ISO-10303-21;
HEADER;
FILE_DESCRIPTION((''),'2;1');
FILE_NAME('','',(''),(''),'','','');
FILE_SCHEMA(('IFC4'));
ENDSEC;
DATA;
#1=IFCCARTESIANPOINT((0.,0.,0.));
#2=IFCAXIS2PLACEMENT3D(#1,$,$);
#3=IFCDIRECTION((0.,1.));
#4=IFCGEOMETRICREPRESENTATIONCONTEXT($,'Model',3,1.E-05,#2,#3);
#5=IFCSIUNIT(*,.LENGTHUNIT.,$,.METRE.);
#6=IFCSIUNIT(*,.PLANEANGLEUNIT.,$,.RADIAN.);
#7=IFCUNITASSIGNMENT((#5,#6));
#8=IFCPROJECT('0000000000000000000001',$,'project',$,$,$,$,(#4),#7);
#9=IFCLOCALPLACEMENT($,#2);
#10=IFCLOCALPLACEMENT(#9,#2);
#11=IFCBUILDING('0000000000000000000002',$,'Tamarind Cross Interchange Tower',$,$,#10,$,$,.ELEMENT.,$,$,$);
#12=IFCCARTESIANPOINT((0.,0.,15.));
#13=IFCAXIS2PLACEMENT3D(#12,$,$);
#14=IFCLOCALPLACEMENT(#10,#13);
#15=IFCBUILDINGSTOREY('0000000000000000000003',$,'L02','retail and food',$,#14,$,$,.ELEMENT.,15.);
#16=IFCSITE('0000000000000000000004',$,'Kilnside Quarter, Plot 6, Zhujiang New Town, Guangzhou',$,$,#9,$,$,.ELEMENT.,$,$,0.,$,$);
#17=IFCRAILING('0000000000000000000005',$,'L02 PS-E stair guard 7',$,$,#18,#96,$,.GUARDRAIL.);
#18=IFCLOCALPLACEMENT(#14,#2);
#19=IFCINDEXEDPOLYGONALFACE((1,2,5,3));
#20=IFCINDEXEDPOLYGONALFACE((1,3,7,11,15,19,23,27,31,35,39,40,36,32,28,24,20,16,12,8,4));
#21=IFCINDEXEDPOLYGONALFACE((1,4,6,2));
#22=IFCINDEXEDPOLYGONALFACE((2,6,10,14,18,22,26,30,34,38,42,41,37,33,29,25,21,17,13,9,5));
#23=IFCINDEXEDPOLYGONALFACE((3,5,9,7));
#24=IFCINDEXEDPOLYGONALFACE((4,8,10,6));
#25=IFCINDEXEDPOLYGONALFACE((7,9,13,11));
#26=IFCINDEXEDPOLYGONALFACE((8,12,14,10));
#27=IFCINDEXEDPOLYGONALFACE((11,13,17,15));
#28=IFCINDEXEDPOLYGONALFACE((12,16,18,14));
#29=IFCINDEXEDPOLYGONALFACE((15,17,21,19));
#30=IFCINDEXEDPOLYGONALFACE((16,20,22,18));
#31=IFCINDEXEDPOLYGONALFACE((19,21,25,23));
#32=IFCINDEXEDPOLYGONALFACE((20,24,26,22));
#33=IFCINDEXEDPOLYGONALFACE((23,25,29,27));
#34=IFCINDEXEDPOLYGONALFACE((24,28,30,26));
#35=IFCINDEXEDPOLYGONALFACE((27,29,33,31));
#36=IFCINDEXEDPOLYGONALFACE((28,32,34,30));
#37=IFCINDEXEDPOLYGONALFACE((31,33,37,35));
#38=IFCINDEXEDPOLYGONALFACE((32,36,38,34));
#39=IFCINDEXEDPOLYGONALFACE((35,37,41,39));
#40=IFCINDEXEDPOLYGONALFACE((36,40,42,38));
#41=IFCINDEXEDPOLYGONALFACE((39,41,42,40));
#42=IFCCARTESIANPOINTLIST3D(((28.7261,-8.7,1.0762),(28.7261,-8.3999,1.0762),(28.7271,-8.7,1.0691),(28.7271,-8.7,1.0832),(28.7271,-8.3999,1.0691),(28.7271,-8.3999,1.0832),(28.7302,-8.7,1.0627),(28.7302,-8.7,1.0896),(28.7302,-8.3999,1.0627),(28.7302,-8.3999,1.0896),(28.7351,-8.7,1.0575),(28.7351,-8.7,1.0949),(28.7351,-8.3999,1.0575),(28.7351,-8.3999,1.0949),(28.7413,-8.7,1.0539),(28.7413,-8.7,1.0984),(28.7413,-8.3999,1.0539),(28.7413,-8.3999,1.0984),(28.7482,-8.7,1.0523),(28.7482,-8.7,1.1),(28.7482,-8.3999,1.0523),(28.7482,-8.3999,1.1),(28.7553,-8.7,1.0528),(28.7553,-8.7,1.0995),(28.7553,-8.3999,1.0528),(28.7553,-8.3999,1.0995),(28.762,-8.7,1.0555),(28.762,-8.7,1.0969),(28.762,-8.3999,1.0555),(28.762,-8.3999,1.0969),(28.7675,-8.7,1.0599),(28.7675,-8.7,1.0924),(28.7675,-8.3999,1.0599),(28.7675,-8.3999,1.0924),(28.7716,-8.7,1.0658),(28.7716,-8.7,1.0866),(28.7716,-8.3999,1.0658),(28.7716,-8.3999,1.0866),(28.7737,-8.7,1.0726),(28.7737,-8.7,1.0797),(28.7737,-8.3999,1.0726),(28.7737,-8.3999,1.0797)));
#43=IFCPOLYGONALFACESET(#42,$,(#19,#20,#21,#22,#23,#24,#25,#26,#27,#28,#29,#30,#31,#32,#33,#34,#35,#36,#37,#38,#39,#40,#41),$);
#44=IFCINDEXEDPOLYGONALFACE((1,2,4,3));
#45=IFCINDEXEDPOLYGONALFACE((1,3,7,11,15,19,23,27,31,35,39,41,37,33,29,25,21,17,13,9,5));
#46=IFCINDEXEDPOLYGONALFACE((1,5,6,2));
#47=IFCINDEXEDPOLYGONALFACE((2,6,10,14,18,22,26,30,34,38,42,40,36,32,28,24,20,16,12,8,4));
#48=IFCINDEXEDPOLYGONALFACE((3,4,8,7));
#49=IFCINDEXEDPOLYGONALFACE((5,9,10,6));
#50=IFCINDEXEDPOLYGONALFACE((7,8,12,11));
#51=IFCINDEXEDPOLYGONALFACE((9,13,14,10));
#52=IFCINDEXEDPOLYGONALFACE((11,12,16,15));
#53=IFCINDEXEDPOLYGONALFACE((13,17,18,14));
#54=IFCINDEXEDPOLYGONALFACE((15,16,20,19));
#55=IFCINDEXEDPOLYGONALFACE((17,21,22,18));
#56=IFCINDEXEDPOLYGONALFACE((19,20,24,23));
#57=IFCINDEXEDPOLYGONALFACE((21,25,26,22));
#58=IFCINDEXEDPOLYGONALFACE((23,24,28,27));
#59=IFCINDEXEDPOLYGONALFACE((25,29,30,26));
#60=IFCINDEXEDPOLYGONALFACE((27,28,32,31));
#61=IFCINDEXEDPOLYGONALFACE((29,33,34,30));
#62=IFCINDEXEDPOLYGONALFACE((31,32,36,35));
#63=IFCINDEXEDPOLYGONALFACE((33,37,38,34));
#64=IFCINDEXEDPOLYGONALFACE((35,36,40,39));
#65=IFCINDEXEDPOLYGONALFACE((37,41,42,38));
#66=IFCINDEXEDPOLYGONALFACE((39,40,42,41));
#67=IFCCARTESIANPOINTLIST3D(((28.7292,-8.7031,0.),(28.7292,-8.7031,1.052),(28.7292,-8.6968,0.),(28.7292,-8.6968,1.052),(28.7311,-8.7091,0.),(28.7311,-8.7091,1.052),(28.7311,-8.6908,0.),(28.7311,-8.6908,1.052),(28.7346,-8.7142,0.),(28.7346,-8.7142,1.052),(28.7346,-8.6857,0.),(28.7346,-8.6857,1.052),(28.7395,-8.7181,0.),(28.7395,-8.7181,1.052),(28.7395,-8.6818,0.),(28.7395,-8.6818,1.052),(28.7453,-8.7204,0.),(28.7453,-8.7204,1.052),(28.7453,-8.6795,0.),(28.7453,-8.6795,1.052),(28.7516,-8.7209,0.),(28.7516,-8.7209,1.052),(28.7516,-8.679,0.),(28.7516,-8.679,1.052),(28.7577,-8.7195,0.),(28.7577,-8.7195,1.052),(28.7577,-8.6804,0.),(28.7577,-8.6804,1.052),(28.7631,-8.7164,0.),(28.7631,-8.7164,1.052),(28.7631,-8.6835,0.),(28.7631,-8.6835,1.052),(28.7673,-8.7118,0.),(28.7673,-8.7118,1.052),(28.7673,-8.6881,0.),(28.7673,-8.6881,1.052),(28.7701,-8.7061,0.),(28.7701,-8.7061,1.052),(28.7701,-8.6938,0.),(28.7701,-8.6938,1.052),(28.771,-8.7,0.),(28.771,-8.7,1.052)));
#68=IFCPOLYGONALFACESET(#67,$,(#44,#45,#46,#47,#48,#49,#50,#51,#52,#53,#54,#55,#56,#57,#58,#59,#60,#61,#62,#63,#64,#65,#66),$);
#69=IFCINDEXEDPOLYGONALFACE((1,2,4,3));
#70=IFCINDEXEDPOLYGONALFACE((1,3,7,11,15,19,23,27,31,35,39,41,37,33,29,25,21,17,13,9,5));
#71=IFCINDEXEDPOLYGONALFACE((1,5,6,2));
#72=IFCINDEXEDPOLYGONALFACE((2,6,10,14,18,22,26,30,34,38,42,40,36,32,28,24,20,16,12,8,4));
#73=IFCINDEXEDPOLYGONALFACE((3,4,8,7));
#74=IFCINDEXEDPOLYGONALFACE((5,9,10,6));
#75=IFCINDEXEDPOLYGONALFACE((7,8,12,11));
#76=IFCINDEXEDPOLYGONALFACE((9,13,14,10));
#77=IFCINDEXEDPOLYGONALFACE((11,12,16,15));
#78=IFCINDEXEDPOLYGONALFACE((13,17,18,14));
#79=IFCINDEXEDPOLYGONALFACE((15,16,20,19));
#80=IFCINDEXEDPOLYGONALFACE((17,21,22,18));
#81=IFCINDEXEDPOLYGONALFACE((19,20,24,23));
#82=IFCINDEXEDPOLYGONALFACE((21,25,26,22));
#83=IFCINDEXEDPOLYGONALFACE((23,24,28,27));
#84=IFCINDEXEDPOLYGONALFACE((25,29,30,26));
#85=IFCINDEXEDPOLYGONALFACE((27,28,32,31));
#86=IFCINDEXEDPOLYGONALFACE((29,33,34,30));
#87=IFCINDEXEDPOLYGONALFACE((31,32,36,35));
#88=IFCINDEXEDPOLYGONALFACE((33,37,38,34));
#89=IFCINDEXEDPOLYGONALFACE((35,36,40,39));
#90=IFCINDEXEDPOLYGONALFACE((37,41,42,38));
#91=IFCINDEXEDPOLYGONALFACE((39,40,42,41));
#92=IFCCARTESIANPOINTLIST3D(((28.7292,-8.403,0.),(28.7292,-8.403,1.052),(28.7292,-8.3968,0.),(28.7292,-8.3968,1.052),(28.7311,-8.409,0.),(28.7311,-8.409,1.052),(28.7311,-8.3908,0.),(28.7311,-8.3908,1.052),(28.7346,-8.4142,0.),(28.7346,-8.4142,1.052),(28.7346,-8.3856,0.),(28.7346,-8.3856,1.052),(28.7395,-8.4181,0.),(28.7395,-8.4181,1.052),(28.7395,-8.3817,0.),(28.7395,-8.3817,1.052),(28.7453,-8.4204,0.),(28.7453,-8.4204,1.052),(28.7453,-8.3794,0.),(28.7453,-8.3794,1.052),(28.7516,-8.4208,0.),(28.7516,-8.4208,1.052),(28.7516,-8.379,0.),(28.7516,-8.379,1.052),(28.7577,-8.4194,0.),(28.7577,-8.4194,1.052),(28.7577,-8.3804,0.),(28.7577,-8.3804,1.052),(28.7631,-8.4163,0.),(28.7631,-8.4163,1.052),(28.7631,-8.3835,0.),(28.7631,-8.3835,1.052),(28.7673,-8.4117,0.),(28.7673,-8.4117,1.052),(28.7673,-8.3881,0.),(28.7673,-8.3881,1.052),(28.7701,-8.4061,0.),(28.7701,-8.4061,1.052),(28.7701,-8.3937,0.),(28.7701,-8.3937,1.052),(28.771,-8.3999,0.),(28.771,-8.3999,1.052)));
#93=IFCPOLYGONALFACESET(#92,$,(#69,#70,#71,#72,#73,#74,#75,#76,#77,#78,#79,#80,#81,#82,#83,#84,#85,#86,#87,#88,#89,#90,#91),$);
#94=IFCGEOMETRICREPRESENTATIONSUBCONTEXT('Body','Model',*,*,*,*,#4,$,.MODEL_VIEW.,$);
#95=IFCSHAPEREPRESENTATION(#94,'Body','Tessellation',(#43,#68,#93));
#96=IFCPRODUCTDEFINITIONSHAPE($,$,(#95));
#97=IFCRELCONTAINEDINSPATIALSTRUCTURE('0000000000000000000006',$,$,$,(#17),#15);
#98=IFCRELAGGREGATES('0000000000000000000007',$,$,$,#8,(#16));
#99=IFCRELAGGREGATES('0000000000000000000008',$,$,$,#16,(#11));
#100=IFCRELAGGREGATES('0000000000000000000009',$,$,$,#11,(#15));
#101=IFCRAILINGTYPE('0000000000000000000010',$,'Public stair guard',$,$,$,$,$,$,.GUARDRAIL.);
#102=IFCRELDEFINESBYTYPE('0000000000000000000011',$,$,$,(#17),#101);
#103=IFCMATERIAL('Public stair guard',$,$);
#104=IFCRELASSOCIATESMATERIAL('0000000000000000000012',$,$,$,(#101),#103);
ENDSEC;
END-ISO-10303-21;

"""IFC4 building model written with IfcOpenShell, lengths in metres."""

from ifc_helpers import new_model, si_unit, direction, frame, origin, origin_2d, place, context, subcontext, project, spatial, circle, extrude, material, type_object, element, save


model = new_model("IFC4")

# Units and contexts
model_context = context("Model", 3, precision=1e-05, world=origin(), true_north=direction((0.0, 1.0)))
body_context = subcontext(model_context, "Body", "Model", "MODEL_VIEW")
ifc_project = project(units=[si_unit("LENGTHUNIT", "METRE"), si_unit("PLANEANGLEUNIT", "RADIAN")], contexts=[model_context])

# Site, building, storey
site_placement = place(None, origin())
site = spatial("IfcSite", under=ifc_project, at=site_placement, Name="Kilnside Quarter, Plot 6, Zhujiang New Town, Guangzhou", CompositionType="ELEMENT", RefElevation=0.0)
building_placement = place(site_placement, origin())
building = spatial("IfcBuilding", under=site, at=building_placement, Name="Tamarind Cross Interchange Tower", CompositionType="ELEMENT")
storey_placement = place(building_placement, frame((0.0, 0.0, 15.0)))
storey = spatial("IfcBuildingStorey", under=building, at=storey_placement, Name="L02", Description="retail and food", CompositionType="ELEMENT", Elevation=15.0)

# Railing
ifc_material_1 = material(Name="Public stair guard")
railing_type_1 = type_object("IfcRailingType", Name="Public stair guard", PredefinedType="GUARDRAIL", material=ifc_material_1)
railing_1_placement = place(storey_placement, frame((28.75, -8.7, 0.0)))
element("IfcRailing", 1, at=railing_1_placement, inside=storey, type_object=railing_type_1, Name="L02 PS-E stair guard 7", PredefinedType="GUARDRAIL", context=body_context, shape_type="SweptSolid", body=[
    extrude(circle(Radius=0.0239, at=origin_2d()), frame((0.0, 0.0, 1.0762), z_axis=(0.0, 1.0, 0.0), x_axis=(-1.0, 0.0, 0.0)), (0.0, 0.0, 1.0), 0.3),
    extrude(circle(Radius=0.021, at=origin_2d()), origin(), (0.0, 0.0, 1.0), 1.052),
    extrude(circle(Radius=0.021, at=origin_2d()), frame((0.0, 0.3, 0.0)), (0.0, 0.0, 1.0), 1.052),
])

save(model, "model.ifc")
